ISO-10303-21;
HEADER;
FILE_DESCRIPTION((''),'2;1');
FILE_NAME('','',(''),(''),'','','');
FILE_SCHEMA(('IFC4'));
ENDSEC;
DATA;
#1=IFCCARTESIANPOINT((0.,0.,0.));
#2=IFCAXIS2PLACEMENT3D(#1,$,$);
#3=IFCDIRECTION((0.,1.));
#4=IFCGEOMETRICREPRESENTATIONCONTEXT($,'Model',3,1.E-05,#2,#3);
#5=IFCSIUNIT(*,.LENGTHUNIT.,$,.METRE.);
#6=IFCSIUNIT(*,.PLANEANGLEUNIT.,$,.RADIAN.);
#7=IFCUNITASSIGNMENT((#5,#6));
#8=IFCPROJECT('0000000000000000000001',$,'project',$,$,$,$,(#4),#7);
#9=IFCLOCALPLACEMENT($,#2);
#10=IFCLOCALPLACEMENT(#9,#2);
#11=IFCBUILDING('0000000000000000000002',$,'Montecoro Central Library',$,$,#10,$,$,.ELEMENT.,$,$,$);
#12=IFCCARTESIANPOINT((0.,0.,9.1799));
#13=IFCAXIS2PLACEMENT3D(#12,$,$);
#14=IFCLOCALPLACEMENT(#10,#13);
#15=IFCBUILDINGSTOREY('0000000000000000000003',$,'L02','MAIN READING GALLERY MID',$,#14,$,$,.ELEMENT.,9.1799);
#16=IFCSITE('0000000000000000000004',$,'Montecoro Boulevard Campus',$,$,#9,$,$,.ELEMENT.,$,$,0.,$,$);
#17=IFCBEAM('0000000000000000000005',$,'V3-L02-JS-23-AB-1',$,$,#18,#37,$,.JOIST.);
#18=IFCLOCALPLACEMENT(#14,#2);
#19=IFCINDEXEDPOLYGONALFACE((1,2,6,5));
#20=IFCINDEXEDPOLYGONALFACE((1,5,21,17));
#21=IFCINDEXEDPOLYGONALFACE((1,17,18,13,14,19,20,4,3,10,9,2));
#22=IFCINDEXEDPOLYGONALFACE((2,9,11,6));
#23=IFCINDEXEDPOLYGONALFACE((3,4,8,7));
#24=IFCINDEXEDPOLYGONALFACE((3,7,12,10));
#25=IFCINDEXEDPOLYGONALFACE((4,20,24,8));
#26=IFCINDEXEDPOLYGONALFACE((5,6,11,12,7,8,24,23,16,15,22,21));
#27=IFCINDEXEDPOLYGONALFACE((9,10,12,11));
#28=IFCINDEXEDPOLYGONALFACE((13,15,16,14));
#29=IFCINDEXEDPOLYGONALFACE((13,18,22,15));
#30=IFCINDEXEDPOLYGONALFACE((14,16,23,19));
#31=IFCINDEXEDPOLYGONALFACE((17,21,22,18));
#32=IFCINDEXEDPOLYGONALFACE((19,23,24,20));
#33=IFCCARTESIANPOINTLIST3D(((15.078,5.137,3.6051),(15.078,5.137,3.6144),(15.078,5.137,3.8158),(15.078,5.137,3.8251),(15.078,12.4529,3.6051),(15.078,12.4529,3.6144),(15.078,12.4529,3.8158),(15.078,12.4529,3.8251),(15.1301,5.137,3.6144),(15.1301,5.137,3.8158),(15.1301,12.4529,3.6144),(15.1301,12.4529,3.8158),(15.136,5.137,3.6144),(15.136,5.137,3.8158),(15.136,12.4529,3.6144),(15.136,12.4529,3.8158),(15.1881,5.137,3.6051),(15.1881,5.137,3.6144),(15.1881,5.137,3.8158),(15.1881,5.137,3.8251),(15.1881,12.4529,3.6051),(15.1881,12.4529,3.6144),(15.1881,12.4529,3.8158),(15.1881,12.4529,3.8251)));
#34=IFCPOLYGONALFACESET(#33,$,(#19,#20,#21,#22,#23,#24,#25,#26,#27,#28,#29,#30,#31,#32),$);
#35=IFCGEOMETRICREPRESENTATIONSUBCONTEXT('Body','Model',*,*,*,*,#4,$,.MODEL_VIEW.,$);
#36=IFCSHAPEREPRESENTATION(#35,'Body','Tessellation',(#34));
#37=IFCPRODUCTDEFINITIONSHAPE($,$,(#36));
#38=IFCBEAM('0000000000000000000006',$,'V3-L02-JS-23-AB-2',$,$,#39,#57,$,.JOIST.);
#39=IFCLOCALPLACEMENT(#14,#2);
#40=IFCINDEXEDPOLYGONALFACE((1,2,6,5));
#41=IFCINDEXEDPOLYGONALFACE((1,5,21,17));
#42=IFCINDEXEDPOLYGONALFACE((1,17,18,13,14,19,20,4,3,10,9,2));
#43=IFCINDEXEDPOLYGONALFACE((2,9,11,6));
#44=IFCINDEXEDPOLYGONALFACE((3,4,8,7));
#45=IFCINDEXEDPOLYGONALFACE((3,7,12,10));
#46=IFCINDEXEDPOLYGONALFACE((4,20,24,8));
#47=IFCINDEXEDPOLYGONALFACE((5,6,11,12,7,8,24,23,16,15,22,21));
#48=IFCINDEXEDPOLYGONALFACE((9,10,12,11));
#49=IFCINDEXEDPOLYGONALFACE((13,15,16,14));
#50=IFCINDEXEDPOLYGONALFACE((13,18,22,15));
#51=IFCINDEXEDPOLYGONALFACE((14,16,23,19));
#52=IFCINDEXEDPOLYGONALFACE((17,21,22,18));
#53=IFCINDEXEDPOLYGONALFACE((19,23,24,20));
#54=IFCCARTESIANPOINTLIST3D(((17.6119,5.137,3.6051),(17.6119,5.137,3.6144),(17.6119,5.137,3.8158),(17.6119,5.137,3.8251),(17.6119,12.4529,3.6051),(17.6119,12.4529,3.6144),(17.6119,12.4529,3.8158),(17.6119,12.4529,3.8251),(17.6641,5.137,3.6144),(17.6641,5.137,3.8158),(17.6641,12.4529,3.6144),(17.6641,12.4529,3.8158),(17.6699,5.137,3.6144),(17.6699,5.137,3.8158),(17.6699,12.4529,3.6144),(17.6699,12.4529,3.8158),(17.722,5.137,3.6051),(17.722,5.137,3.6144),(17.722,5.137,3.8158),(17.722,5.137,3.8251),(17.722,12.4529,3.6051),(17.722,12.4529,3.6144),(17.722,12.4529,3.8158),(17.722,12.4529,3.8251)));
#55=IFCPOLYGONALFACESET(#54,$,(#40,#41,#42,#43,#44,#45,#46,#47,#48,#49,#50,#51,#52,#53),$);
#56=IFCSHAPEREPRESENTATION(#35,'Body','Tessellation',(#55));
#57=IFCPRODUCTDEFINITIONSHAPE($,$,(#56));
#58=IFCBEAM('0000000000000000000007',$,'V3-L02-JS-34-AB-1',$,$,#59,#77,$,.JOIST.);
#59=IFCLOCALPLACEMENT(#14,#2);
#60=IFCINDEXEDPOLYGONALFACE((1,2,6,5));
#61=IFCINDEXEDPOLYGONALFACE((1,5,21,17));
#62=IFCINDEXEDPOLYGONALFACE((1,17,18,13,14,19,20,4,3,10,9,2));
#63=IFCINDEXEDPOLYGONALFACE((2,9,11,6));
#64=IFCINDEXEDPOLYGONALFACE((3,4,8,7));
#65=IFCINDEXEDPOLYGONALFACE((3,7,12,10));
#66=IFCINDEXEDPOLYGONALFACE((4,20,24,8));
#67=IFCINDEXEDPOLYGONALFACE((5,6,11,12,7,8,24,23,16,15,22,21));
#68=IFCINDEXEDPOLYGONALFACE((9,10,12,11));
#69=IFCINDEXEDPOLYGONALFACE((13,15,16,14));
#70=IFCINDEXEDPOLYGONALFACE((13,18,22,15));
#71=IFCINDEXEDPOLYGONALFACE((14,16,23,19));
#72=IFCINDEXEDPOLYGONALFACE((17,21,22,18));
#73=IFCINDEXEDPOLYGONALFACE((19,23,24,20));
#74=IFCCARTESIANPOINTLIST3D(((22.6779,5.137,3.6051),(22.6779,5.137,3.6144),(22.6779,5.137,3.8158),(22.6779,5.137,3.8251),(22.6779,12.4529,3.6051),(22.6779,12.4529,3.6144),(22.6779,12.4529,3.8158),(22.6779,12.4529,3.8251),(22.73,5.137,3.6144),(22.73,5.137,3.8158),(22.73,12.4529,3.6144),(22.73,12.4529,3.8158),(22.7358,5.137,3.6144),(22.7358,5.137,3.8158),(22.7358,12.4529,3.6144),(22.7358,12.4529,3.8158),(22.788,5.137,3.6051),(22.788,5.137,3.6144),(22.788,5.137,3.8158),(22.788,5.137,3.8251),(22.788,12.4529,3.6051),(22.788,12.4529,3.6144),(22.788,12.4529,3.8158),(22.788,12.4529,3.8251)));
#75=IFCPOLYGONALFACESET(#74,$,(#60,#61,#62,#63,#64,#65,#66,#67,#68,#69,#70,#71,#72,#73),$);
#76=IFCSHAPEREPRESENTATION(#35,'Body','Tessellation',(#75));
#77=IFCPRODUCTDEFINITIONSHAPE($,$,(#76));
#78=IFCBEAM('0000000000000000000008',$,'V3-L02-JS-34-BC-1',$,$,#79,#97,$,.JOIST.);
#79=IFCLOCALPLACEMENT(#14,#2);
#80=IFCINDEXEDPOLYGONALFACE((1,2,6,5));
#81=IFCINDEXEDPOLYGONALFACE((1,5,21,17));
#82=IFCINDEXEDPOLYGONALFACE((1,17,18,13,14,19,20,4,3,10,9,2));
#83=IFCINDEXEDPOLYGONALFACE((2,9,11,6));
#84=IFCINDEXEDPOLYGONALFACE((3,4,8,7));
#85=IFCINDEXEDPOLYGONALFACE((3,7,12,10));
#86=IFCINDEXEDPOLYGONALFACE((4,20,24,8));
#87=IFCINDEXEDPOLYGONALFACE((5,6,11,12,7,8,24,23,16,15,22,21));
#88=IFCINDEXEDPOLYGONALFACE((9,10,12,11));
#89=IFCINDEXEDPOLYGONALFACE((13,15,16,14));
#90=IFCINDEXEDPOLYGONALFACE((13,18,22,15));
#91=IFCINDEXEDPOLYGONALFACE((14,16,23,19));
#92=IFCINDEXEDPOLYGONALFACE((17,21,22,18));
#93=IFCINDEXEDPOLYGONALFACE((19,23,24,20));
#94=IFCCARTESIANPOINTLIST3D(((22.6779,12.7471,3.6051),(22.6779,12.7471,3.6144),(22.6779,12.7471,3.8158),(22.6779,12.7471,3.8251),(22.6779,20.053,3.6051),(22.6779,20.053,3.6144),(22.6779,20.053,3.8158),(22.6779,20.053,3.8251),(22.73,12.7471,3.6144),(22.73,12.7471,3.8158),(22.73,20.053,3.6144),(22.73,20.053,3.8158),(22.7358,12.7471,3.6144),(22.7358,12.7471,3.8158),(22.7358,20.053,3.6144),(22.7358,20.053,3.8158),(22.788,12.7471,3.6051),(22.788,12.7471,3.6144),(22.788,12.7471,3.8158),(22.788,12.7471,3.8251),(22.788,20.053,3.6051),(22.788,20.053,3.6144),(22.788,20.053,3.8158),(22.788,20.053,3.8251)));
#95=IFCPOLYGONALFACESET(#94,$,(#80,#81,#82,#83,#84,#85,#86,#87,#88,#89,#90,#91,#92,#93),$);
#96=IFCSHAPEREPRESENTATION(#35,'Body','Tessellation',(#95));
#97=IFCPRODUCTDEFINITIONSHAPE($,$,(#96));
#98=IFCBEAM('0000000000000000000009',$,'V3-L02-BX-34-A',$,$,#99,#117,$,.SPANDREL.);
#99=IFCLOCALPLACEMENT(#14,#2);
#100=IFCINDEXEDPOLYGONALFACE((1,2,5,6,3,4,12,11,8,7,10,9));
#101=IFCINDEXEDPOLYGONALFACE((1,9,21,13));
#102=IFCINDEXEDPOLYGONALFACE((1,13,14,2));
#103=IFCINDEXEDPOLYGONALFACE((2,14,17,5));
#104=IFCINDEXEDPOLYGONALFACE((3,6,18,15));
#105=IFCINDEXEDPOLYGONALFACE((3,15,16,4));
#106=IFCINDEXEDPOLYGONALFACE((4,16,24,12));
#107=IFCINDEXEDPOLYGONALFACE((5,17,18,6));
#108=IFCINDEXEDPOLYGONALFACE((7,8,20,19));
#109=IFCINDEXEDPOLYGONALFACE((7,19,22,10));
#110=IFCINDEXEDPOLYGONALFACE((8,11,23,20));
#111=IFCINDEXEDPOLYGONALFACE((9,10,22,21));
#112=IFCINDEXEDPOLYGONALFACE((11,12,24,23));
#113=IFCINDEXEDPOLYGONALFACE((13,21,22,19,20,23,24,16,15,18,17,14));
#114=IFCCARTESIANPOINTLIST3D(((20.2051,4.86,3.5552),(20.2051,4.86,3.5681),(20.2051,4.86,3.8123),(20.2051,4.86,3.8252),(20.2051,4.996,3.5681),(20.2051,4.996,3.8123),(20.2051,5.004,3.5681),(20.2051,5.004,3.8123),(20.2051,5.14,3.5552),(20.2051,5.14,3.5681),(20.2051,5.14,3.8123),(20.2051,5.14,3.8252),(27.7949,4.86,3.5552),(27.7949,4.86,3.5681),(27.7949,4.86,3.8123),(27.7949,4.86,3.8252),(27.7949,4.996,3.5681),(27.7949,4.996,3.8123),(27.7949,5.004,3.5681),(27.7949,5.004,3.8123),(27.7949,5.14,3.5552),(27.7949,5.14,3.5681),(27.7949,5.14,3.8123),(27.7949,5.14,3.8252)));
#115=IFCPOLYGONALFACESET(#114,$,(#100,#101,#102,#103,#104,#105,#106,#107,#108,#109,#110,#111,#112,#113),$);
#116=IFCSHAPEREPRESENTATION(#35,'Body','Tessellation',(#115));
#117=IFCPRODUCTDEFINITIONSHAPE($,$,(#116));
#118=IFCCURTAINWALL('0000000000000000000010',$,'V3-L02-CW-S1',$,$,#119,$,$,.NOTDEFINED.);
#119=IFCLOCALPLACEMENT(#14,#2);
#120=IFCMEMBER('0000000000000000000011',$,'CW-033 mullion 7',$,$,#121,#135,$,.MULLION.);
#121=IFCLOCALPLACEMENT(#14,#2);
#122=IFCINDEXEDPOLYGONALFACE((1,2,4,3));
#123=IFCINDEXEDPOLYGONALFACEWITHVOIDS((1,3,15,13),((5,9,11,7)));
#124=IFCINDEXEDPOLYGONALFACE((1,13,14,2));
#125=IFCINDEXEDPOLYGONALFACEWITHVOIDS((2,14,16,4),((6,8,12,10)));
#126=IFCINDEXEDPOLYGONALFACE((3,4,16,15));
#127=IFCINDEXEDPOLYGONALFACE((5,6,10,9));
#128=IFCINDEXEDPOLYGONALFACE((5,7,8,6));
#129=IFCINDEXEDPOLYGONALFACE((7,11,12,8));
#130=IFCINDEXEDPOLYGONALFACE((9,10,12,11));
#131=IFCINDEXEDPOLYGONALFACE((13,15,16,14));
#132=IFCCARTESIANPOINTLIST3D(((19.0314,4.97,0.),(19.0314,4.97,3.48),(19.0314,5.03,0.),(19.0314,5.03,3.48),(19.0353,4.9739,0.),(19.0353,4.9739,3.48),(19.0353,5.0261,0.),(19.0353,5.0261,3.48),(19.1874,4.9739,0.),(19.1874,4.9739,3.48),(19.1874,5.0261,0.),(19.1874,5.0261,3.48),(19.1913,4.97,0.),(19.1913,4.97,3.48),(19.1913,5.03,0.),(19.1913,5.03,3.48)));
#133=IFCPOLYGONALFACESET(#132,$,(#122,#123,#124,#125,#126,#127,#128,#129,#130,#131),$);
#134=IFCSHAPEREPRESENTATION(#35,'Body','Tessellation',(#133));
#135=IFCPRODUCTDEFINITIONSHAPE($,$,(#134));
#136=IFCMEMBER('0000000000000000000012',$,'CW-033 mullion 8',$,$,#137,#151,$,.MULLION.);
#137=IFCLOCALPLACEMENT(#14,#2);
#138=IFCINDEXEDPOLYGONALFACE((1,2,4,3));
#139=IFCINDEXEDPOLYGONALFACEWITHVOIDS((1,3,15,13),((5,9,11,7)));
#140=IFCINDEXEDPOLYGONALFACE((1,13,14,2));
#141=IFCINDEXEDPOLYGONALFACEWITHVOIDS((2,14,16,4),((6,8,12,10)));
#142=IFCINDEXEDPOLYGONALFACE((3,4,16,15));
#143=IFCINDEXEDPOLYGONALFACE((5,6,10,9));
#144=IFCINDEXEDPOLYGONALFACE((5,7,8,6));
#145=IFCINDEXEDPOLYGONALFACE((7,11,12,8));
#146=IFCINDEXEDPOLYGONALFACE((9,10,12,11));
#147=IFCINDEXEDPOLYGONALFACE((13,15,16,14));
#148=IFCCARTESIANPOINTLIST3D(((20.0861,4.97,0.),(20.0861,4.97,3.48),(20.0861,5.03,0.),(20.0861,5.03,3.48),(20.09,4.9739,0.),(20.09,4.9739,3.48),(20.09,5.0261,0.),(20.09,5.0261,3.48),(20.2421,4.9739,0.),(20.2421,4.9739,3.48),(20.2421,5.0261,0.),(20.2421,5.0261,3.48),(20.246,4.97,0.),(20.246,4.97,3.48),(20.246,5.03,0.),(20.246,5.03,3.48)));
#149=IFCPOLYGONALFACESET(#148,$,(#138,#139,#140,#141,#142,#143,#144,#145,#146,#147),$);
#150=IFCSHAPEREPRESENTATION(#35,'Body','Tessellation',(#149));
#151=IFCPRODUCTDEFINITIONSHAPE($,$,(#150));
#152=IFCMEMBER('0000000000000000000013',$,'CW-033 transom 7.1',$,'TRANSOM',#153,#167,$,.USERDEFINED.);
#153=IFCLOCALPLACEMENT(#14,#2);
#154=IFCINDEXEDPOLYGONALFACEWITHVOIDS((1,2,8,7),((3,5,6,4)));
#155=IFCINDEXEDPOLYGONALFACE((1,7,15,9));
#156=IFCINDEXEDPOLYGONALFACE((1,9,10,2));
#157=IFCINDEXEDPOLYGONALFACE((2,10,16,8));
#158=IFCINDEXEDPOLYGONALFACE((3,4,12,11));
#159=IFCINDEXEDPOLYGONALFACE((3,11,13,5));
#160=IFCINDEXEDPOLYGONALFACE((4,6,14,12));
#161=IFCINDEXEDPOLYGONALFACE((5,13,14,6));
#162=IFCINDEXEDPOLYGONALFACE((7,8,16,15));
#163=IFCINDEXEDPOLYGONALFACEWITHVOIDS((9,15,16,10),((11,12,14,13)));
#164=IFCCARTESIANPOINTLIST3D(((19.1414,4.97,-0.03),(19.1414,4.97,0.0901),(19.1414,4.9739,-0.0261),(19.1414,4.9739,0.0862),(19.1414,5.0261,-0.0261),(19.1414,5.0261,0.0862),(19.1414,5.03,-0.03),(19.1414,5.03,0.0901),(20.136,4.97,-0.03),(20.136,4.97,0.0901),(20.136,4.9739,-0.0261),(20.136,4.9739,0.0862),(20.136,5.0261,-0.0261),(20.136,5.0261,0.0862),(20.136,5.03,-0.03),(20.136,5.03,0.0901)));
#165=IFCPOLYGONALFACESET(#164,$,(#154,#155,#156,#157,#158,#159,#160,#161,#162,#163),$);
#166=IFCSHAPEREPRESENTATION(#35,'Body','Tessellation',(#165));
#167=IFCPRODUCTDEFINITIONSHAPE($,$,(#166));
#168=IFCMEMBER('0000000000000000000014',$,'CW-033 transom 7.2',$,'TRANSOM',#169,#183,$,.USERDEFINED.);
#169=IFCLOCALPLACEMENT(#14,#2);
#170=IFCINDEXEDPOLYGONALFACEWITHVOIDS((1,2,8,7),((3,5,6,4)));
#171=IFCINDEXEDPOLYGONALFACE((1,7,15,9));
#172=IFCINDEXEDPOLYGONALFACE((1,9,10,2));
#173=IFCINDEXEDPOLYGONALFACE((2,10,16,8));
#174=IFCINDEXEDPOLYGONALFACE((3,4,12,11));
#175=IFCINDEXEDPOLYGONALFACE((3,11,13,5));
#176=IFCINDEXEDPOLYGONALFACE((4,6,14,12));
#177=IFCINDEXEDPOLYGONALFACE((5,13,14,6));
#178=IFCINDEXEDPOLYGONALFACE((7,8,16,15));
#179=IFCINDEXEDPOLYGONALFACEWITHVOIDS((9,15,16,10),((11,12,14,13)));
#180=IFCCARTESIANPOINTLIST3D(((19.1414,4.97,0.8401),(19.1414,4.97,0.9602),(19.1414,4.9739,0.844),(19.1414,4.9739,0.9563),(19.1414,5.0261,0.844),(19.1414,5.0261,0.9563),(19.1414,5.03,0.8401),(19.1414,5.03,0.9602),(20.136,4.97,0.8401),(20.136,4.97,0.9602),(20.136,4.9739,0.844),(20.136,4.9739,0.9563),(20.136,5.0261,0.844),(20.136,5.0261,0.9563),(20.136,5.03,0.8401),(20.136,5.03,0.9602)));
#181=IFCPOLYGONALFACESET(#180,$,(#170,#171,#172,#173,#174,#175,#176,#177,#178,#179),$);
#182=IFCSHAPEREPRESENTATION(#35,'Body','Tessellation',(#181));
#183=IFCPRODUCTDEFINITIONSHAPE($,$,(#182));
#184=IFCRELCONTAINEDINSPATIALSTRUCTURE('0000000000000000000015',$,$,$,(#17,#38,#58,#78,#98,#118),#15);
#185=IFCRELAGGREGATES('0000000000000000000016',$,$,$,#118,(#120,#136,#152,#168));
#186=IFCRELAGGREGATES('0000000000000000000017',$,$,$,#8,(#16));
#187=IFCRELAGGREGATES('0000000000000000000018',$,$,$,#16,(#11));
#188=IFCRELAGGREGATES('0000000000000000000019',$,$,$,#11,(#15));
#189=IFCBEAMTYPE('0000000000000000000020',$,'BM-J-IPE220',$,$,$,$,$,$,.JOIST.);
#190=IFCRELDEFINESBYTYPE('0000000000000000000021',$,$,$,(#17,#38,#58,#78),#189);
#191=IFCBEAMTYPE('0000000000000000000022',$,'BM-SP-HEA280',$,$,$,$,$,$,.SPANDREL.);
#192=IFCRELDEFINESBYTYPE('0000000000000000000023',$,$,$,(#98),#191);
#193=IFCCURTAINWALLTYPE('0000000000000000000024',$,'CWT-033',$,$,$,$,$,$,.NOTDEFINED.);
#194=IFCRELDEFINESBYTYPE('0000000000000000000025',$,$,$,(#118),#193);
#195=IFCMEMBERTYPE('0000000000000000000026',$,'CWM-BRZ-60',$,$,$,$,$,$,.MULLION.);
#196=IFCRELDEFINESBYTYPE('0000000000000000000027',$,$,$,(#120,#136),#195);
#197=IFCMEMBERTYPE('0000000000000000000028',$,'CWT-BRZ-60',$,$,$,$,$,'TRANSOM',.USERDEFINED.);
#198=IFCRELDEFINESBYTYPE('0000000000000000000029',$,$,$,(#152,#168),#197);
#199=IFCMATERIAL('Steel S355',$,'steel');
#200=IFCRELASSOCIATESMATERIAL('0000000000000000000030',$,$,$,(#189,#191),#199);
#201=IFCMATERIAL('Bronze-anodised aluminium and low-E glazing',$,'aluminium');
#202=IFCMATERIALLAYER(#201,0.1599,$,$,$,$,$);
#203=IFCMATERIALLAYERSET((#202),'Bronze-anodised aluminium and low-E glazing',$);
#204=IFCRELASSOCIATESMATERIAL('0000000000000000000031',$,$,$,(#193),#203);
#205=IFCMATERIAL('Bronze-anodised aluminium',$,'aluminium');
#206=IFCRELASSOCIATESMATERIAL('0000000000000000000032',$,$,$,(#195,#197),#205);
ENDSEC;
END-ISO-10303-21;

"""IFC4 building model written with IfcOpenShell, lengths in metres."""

from ifc_helpers import new_model, si_unit, direction, frame, origin, origin_2d, place, context, subcontext, project, spatial, hollow_rectangle, i_section, extrude, material, layer, layer_set, material_profile, profile_set, type_object, element, aggregate, save


model = new_model("IFC4")

# Units and contexts
model_context = context("Model", 3, precision=1e-05, world=origin(), true_north=direction((0.0, 1.0)))
body_context = subcontext(model_context, "Body", "Model", "MODEL_VIEW")
ifc_project = project(units=[si_unit("LENGTHUNIT", "METRE"), si_unit("PLANEANGLEUNIT", "RADIAN")], contexts=[model_context])

# Site, building, storey
site_placement = place(None, origin())
site = spatial("IfcSite", under=ifc_project, at=site_placement, Name="Montecoro Boulevard Campus", CompositionType="ELEMENT", RefElevation=0.0)
building_placement = place(site_placement, origin())
building = spatial("IfcBuilding", under=site, at=building_placement, Name="Montecoro Central Library", CompositionType="ELEMENT")
storey_placement = place(building_placement, frame((0.0, 0.0, 9.1799)))
storey = spatial("IfcBuildingStorey", under=building, at=storey_placement, Name="L02", Description="MAIN READING GALLERY MID", CompositionType="ELEMENT", Elevation=9.1799)

# Shared definitions
ifc_material_1 = material(Name="Steel S355", Category="steel")

# Beams
ifc_material_profile_1 = material_profile(ifc_material_1, i_section(OverallWidth=0.1101, OverallDepth=0.22, WebThickness=0.0059, FlangeThickness=0.0093, at=origin_2d()), Name="IPE 220")
ifc_profile_set_1 = profile_set([ifc_material_profile_1], Name="Steel S355")
beam_type_1 = type_object("IfcBeamType", Name="BM-J-IPE220", PredefinedType="JOIST", material=ifc_profile_set_1)
for number, where, z_axis, x_axis, name in (
    (1, (15.1331, 5.137, 3.7151), (0.0, 1.0, 0.0), (-1.0, 0.0, 0.0), "V3-L02-JS-23-AB-1"),
    (2, (17.667, 5.137, 3.7151), (0.0, 1.0, 0.0), (-1.0, 0.0, 0.0), "V3-L02-JS-23-AB-2"),
    (3, (22.7329, 5.137, 3.7151), (0.0, 1.0, 0.0), (-1.0, 0.0, 0.0), "V3-L02-JS-34-AB-1"),
):
    element("IfcBeam", number, at=place(storey_placement, frame(where, z_axis=z_axis, x_axis=x_axis)), inside=storey, type_object=beam_type_1, Name=name, PredefinedType="JOIST", context=body_context, shape_type="SweptSolid", body=[
        extrude(i_section(OverallWidth=0.1101, OverallDepth=0.22, WebThickness=0.0059, FlangeThickness=0.0093, at=origin_2d()), origin(), (0.0, 0.0, 1.0), 7.3159),
    ])
beam_1_placement = place(storey_placement, frame((22.7329, 12.7471, 3.7151), z_axis=(0.0, 1.0, 0.0), x_axis=(-1.0, 0.0, 0.0)))
element("IfcBeam", 4, at=beam_1_placement, inside=storey, type_object=beam_type_1, Name="V3-L02-JS-34-BC-1", PredefinedType="JOIST", context=body_context, shape_type="SweptSolid", body=[
    extrude(i_section(OverallWidth=0.1101, OverallDepth=0.22, WebThickness=0.0059, FlangeThickness=0.0093, at=origin_2d()), origin(), (0.0, 0.0, 1.0), 7.3059),
])
ifc_material_profile_2 = material_profile(ifc_material_1, i_section(OverallWidth=0.28, OverallDepth=0.27, WebThickness=0.0081, FlangeThickness=0.0129, at=origin_2d()), Name="HEA 280")
ifc_profile_set_2 = profile_set([ifc_material_profile_2], Name="Steel S355")
beam_type_2 = type_object("IfcBeamType", Name="BM-SP-HEA280", PredefinedType="SPANDREL", material=ifc_profile_set_2)
beam_2_placement = place(storey_placement, frame((20.2051, 5.0, 3.6902), z_axis=(1.0, 0.0, 0.0), x_axis=(0.0, 1.0, 0.0)))
element("IfcBeam", 5, at=beam_2_placement, inside=storey, type_object=beam_type_2, Name="V3-L02-BX-34-A", PredefinedType="SPANDREL", context=body_context, shape_type="SweptSolid", body=[
    extrude(i_section(OverallWidth=0.28, OverallDepth=0.27, WebThickness=0.0081, FlangeThickness=0.0129, at=origin_2d()), origin(), (0.0, 0.0, 1.0), 7.5898),
])

# Curtain wall, members
ifc_material_2 = material(Name="Bronze-anodised aluminium and low-E glazing", Category="aluminium")
ifc_layer_1 = layer(ifc_material_2, 0.1599)
ifc_layer_set_1 = layer_set([ifc_layer_1], Name="Bronze-anodised aluminium and low-E glazing")
curtain_wall_type = type_object("IfcCurtainWallType", Name="CWT-033", PredefinedType="NOTDEFINED", material=ifc_layer_set_1)
curtain_wall_placement = place(storey_placement, origin())
curtain_wall = element("IfcCurtainWall", 6, at=curtain_wall_placement, inside=storey, type_object=curtain_wall_type, Name="V3-L02-CW-S1", PredefinedType="NOTDEFINED")
ifc_material_3 = material(Name="Bronze-anodised aluminium", Category="aluminium")
ifc_material_profile_3 = material_profile(ifc_material_3, hollow_rectangle(XDim=0.0601, YDim=0.1599, WallThickness=0.0039, at=origin_2d()), Name="CWM 160x60x4.0")
ifc_profile_set_3 = profile_set([ifc_material_profile_3], Name="Bronze-anodised aluminium")
member_type_1 = type_object("IfcMemberType", Name="CWM-BRZ-60", PredefinedType="MULLION", material=ifc_profile_set_3)
member_1_placement = place(storey_placement, frame((19.1113, 5.0, 0.0), z_axis=(0.0, 0.0, 1.0), x_axis=(0.0, 1.0, 0.0)))
member_1 = element("IfcMember", 7, at=member_1_placement, type_object=member_type_1, Name="CW-033 mullion 7", PredefinedType="MULLION", context=body_context, shape_type="SweptSolid", body=[
    extrude(hollow_rectangle(XDim=0.0601, YDim=0.1599, WallThickness=0.0039, at=origin_2d()), origin(), (0.0, 0.0, 1.0), 3.48),
])
member_2_placement = place(storey_placement, frame((20.166, 5.0, 0.0), z_axis=(0.0, 0.0, 1.0), x_axis=(0.0, 1.0, 0.0)))
member_2 = element("IfcMember", 8, at=member_2_placement, type_object=member_type_1, Name="CW-033 mullion 8", PredefinedType="MULLION", context=body_context, shape_type="SweptSolid", body=[
    extrude(hollow_rectangle(XDim=0.0601, YDim=0.1599, WallThickness=0.0039, at=origin_2d()), origin(), (0.0, 0.0, 1.0), 3.48),
])
ifc_material_profile_4 = material_profile(ifc_material_3, hollow_rectangle(XDim=0.0601, YDim=0.1201, WallThickness=0.0039, at=origin_2d()), Name="CWT 120x60x4.0")
ifc_profile_set_4 = profile_set([ifc_material_profile_4], Name="Bronze-anodised aluminium")
member_type_2 = type_object("IfcMemberType", Name="CWT-BRZ-60", ElementType="TRANSOM", PredefinedType="USERDEFINED", material=ifc_profile_set_4)
member_3_placement = place(storey_placement, frame((19.1414, 5.0, 0.03), z_axis=(1.0, 0.0, 0.0), x_axis=(0.0, 1.0, 0.0)))
member_3 = element("IfcMember", 9, at=member_3_placement, type_object=member_type_2, Name="CW-033 transom 7.1", ObjectType="TRANSOM", PredefinedType="USERDEFINED", context=body_context, shape_type="SweptSolid", body=[
    extrude(hollow_rectangle(XDim=0.0601, YDim=0.1201, WallThickness=0.0039, at=origin_2d()), origin(), (0.0, 0.0, 1.0), 0.9946),
])
member_4_placement = place(storey_placement, frame((19.1414, 5.0, 0.9001), z_axis=(1.0, 0.0, 0.0), x_axis=(0.0, 1.0, 0.0)))
member_4 = element("IfcMember", 10, at=member_4_placement, type_object=member_type_2, Name="CW-033 transom 7.2", ObjectType="TRANSOM", PredefinedType="USERDEFINED", context=body_context, shape_type="SweptSolid", body=[
    extrude(hollow_rectangle(XDim=0.0601, YDim=0.1201, WallThickness=0.0039, at=origin_2d()), origin(), (0.0, 0.0, 1.0), 0.9946),
])
aggregate(curtain_wall, [member_1, member_2, member_3, member_4])

save(model, "model.ifc")
